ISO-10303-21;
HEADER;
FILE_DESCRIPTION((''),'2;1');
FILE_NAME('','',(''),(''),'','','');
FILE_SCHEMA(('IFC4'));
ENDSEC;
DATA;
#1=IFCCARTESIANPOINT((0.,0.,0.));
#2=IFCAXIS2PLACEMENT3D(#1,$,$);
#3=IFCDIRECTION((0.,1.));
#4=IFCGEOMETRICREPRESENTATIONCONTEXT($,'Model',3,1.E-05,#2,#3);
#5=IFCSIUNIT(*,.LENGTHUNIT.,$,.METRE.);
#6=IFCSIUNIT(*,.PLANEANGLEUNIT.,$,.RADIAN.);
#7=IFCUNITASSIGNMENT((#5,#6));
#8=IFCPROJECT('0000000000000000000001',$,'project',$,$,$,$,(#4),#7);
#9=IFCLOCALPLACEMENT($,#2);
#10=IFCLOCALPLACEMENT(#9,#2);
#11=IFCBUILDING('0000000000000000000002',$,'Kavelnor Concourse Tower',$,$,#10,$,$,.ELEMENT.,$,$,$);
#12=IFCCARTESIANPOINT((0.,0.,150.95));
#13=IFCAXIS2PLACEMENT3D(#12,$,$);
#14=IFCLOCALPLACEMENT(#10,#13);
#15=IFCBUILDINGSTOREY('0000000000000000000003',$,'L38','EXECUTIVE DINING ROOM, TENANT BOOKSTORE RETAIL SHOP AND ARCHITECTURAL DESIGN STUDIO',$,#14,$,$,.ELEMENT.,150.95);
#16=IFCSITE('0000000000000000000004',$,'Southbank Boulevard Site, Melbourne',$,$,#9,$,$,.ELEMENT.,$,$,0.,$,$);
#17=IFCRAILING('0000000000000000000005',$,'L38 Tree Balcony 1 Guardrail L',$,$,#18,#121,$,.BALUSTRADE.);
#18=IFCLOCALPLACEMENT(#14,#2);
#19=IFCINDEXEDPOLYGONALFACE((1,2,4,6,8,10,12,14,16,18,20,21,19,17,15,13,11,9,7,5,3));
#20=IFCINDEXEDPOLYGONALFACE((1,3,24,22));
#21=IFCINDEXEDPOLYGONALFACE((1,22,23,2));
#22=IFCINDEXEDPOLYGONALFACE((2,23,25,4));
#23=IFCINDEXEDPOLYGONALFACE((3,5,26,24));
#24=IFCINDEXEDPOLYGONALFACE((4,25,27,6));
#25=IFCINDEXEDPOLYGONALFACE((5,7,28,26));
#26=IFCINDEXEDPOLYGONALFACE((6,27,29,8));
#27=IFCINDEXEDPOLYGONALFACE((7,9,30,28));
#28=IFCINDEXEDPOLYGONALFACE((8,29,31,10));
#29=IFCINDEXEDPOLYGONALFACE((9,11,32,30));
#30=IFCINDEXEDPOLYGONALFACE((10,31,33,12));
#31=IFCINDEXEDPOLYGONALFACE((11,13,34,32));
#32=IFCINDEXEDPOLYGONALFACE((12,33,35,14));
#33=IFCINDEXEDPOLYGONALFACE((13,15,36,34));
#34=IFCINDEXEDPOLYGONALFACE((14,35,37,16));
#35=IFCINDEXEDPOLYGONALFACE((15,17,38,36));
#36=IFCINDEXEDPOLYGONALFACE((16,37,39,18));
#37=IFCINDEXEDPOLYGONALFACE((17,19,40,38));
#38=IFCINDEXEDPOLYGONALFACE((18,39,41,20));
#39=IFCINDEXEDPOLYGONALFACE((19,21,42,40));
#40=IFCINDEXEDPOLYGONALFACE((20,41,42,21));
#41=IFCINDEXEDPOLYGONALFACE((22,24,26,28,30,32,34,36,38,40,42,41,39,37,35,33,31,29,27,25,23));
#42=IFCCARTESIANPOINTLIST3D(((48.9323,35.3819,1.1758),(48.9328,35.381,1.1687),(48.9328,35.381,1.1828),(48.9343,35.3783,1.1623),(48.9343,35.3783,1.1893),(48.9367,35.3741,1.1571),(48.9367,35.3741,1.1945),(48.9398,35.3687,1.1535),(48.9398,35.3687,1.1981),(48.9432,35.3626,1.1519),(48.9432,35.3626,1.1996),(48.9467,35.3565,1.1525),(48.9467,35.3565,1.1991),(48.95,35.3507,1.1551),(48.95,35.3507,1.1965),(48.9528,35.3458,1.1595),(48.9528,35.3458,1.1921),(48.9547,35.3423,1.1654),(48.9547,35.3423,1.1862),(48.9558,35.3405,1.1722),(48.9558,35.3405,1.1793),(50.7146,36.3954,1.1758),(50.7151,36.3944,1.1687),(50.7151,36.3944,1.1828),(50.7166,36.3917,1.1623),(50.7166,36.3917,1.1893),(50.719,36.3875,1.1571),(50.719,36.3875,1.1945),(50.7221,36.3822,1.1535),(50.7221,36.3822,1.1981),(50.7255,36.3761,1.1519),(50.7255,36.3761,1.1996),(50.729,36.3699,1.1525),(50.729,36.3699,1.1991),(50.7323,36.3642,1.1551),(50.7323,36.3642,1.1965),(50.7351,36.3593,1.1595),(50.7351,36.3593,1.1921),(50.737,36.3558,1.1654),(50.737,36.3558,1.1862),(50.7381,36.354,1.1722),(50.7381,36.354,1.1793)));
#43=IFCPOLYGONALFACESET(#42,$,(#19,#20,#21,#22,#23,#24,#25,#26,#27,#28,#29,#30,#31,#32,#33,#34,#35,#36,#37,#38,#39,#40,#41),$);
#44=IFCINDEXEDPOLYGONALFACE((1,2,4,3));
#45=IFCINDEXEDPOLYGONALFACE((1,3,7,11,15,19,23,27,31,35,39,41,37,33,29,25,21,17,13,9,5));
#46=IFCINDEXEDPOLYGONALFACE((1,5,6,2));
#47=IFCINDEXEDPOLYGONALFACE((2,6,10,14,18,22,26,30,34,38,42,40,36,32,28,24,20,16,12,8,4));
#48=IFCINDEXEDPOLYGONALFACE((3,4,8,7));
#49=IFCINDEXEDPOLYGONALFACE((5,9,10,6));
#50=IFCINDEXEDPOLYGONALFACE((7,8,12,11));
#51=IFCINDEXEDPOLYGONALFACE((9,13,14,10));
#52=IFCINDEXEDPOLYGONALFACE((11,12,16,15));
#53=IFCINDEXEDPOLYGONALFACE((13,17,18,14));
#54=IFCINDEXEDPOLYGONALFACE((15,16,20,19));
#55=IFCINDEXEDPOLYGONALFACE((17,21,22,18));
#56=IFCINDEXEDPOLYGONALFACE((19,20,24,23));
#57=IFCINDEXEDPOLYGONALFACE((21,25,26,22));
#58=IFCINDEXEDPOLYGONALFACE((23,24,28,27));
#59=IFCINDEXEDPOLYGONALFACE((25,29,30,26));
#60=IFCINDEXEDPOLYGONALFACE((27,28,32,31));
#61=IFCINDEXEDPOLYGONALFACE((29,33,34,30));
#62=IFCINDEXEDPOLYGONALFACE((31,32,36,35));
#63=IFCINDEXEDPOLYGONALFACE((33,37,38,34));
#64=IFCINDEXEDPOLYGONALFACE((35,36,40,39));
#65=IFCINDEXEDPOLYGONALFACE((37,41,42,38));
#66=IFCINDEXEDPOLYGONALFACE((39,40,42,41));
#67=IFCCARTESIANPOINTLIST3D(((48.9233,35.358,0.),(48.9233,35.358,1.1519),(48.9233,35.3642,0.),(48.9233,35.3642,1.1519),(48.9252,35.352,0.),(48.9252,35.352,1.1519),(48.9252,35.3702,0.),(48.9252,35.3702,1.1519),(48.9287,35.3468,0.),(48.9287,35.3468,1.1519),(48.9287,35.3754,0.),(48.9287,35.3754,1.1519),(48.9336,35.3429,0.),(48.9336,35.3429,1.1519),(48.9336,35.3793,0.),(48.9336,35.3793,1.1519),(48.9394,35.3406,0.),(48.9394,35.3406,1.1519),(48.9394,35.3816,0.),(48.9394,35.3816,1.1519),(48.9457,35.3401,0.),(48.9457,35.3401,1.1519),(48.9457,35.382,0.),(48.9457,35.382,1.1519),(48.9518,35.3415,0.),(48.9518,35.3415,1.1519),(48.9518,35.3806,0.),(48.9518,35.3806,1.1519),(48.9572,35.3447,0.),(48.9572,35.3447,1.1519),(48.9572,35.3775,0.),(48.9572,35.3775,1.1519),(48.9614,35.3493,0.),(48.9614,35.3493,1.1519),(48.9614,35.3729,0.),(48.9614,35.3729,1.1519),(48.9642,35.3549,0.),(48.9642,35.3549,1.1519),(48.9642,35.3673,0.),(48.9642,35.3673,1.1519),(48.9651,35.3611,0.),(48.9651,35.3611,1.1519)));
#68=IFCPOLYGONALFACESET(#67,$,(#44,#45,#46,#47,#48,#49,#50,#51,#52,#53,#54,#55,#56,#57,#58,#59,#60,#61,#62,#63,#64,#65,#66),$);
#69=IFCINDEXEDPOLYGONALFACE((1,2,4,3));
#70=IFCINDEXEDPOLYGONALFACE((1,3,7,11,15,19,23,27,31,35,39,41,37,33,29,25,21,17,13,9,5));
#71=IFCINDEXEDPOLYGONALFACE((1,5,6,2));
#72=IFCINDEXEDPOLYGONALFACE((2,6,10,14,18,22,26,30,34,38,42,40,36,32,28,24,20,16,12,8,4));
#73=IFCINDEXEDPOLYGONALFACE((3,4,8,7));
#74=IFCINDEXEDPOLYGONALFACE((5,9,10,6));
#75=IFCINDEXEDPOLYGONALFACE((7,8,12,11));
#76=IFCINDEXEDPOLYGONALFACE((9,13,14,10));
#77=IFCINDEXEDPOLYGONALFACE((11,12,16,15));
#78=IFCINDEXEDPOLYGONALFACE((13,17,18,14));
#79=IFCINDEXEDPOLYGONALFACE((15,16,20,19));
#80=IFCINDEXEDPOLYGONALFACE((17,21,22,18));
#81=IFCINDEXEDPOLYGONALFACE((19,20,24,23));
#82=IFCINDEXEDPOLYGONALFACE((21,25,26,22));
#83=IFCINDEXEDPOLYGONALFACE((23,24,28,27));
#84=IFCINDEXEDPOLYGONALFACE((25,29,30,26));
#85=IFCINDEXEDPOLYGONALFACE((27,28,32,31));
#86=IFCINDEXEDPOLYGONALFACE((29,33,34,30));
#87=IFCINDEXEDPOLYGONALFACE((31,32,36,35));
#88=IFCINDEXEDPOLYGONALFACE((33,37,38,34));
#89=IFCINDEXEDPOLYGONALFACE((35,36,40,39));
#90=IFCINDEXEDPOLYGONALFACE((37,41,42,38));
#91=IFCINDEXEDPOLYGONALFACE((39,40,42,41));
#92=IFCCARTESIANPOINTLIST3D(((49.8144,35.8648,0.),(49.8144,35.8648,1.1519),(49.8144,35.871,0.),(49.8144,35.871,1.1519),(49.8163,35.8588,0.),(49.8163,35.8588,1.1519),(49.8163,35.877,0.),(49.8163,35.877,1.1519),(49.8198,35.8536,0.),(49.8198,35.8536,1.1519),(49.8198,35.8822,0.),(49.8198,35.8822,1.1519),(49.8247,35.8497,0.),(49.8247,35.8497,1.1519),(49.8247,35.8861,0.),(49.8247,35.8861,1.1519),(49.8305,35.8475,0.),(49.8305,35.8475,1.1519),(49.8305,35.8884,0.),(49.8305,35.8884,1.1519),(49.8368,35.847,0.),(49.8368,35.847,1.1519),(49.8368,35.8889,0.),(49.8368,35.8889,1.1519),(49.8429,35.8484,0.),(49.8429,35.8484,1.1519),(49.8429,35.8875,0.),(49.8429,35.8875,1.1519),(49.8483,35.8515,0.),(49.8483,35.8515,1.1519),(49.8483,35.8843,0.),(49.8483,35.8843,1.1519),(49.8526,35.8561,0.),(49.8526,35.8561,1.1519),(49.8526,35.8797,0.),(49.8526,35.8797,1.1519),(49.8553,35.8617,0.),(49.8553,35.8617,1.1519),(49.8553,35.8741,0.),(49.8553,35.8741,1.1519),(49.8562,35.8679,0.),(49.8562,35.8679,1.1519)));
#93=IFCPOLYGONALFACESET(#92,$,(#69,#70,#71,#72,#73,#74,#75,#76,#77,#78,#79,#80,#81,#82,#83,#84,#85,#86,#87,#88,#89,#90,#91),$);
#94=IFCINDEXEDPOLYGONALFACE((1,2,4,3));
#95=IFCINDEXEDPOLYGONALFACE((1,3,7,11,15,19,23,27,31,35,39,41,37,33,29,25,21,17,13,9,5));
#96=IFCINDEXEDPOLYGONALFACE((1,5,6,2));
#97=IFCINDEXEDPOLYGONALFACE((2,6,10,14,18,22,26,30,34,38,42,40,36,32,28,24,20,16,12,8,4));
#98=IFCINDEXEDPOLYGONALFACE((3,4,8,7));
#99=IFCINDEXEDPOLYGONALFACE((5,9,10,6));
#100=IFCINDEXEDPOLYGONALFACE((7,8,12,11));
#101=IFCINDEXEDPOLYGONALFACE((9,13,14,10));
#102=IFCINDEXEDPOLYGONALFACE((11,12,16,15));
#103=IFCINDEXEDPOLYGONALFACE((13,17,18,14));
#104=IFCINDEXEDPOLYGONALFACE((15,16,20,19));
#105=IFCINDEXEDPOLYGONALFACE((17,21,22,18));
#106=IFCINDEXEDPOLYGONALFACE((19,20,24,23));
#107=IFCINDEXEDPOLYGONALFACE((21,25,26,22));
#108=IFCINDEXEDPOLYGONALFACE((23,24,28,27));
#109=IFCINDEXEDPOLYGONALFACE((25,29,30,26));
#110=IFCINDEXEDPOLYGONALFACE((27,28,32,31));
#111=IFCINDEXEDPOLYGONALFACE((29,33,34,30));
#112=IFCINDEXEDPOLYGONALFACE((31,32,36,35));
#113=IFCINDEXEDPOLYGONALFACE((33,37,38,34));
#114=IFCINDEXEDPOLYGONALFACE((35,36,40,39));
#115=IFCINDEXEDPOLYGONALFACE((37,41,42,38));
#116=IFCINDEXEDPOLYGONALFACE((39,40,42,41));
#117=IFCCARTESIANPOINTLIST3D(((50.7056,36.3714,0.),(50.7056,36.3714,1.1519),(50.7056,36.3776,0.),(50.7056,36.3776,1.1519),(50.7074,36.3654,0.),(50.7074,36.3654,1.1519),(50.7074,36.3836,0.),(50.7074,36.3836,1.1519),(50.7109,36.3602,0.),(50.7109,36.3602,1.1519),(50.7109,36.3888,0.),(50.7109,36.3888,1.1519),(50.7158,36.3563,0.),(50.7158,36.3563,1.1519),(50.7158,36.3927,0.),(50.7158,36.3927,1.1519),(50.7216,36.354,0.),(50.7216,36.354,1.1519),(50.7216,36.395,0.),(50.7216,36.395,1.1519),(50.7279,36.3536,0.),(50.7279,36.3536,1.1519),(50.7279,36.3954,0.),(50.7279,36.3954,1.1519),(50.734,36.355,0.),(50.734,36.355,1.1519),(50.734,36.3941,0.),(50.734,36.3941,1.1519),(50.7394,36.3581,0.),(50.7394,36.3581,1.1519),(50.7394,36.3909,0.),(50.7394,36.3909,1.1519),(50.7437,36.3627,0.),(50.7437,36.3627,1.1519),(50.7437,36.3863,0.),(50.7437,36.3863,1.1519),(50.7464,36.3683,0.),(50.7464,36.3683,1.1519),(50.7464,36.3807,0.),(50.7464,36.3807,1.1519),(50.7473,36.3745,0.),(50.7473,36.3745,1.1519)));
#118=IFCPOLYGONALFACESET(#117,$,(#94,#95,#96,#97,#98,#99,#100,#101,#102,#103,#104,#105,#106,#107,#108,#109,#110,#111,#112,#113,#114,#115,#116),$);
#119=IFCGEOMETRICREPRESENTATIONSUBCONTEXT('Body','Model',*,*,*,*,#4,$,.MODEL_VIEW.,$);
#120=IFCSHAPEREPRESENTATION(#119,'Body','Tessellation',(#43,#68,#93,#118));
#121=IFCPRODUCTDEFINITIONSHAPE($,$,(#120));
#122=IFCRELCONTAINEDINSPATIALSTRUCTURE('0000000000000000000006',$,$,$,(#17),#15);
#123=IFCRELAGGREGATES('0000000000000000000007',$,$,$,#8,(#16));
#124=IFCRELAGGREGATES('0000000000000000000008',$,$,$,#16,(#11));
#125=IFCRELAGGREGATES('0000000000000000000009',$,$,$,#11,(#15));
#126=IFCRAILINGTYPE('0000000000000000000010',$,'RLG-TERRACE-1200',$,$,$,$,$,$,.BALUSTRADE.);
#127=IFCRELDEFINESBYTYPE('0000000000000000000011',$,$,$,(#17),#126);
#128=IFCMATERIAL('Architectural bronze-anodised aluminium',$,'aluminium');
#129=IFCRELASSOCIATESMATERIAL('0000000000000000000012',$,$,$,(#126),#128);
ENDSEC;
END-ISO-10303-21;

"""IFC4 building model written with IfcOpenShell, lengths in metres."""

from ifc_helpers import new_model, si_unit, direction, frame, origin, origin_2d, place, context, subcontext, project, spatial, circle, extrude, material, type_object, element, save


model = new_model("IFC4")

# Units and contexts
model_context = context("Model", 3, precision=1e-05, world=origin(), true_north=direction((0.0, 1.0)))
body_context = subcontext(model_context, "Body", "Model", "MODEL_VIEW")
ifc_project = project(units=[si_unit("LENGTHUNIT", "METRE"), si_unit("PLANEANGLEUNIT", "RADIAN")], contexts=[model_context])

# Site, building, storey
site_placement = place(None, origin())
site = spatial("IfcSite", under=ifc_project, at=site_placement, Name="Southbank Boulevard Site, Melbourne", CompositionType="ELEMENT", RefElevation=0.0)
building_placement = place(site_placement, origin())
building = spatial("IfcBuilding", under=site, at=building_placement, Name="Kavelnor Concourse Tower", CompositionType="ELEMENT")
storey_placement = place(building_placement, frame((0.0, 0.0, 150.95)))
storey = spatial("IfcBuildingStorey", under=building, at=storey_placement, Name="L38", Description="EXECUTIVE DINING ROOM, TENANT BOOKSTORE RETAIL SHOP AND ARCHITECTURAL DESIGN STUDIO", CompositionType="ELEMENT", Elevation=150.95)

# Railing
ifc_material_1 = material(Name="Architectural bronze-anodised aluminium", Category="aluminium")
railing_type = type_object("IfcRailingType", Name="RLG-TERRACE-1200", PredefinedType="BALUSTRADE", material=ifc_material_1)
railing_1_placement = place(storey_placement, frame((48.9441, 35.3611, 0.0)))
element("IfcRailing", 1, at=railing_1_placement, inside=storey, type_object=railing_type, Name="L38 Tree Balcony 1 Guardrail L", PredefinedType="BALUSTRADE", context=body_context, shape_type="SweptSolid", body=[
    extrude(circle(Radius=0.0239, at=origin_2d()), frame((0.0, 0.0, 1.1758), z_axis=(0.869289, 0.494304, 0.0), x_axis=(-0.494304, 0.869289, 0.0)), (0.0, 0.0, 1.0), 2.0503),
    extrude(circle(Radius=0.021, at=origin_2d()), origin(), (0.0, 0.0, 1.0), 1.1519),
    extrude(circle(Radius=0.021, at=origin_2d()), frame((0.8911, 0.5068, 0.0)), (0.0, 0.0, 1.0), 1.1519),
    extrude(circle(Radius=0.021, at=origin_2d()), frame((1.7822, 1.0134, 0.0)), (0.0, 0.0, 1.0), 1.1519),
])

save(model, "model.ifc")
